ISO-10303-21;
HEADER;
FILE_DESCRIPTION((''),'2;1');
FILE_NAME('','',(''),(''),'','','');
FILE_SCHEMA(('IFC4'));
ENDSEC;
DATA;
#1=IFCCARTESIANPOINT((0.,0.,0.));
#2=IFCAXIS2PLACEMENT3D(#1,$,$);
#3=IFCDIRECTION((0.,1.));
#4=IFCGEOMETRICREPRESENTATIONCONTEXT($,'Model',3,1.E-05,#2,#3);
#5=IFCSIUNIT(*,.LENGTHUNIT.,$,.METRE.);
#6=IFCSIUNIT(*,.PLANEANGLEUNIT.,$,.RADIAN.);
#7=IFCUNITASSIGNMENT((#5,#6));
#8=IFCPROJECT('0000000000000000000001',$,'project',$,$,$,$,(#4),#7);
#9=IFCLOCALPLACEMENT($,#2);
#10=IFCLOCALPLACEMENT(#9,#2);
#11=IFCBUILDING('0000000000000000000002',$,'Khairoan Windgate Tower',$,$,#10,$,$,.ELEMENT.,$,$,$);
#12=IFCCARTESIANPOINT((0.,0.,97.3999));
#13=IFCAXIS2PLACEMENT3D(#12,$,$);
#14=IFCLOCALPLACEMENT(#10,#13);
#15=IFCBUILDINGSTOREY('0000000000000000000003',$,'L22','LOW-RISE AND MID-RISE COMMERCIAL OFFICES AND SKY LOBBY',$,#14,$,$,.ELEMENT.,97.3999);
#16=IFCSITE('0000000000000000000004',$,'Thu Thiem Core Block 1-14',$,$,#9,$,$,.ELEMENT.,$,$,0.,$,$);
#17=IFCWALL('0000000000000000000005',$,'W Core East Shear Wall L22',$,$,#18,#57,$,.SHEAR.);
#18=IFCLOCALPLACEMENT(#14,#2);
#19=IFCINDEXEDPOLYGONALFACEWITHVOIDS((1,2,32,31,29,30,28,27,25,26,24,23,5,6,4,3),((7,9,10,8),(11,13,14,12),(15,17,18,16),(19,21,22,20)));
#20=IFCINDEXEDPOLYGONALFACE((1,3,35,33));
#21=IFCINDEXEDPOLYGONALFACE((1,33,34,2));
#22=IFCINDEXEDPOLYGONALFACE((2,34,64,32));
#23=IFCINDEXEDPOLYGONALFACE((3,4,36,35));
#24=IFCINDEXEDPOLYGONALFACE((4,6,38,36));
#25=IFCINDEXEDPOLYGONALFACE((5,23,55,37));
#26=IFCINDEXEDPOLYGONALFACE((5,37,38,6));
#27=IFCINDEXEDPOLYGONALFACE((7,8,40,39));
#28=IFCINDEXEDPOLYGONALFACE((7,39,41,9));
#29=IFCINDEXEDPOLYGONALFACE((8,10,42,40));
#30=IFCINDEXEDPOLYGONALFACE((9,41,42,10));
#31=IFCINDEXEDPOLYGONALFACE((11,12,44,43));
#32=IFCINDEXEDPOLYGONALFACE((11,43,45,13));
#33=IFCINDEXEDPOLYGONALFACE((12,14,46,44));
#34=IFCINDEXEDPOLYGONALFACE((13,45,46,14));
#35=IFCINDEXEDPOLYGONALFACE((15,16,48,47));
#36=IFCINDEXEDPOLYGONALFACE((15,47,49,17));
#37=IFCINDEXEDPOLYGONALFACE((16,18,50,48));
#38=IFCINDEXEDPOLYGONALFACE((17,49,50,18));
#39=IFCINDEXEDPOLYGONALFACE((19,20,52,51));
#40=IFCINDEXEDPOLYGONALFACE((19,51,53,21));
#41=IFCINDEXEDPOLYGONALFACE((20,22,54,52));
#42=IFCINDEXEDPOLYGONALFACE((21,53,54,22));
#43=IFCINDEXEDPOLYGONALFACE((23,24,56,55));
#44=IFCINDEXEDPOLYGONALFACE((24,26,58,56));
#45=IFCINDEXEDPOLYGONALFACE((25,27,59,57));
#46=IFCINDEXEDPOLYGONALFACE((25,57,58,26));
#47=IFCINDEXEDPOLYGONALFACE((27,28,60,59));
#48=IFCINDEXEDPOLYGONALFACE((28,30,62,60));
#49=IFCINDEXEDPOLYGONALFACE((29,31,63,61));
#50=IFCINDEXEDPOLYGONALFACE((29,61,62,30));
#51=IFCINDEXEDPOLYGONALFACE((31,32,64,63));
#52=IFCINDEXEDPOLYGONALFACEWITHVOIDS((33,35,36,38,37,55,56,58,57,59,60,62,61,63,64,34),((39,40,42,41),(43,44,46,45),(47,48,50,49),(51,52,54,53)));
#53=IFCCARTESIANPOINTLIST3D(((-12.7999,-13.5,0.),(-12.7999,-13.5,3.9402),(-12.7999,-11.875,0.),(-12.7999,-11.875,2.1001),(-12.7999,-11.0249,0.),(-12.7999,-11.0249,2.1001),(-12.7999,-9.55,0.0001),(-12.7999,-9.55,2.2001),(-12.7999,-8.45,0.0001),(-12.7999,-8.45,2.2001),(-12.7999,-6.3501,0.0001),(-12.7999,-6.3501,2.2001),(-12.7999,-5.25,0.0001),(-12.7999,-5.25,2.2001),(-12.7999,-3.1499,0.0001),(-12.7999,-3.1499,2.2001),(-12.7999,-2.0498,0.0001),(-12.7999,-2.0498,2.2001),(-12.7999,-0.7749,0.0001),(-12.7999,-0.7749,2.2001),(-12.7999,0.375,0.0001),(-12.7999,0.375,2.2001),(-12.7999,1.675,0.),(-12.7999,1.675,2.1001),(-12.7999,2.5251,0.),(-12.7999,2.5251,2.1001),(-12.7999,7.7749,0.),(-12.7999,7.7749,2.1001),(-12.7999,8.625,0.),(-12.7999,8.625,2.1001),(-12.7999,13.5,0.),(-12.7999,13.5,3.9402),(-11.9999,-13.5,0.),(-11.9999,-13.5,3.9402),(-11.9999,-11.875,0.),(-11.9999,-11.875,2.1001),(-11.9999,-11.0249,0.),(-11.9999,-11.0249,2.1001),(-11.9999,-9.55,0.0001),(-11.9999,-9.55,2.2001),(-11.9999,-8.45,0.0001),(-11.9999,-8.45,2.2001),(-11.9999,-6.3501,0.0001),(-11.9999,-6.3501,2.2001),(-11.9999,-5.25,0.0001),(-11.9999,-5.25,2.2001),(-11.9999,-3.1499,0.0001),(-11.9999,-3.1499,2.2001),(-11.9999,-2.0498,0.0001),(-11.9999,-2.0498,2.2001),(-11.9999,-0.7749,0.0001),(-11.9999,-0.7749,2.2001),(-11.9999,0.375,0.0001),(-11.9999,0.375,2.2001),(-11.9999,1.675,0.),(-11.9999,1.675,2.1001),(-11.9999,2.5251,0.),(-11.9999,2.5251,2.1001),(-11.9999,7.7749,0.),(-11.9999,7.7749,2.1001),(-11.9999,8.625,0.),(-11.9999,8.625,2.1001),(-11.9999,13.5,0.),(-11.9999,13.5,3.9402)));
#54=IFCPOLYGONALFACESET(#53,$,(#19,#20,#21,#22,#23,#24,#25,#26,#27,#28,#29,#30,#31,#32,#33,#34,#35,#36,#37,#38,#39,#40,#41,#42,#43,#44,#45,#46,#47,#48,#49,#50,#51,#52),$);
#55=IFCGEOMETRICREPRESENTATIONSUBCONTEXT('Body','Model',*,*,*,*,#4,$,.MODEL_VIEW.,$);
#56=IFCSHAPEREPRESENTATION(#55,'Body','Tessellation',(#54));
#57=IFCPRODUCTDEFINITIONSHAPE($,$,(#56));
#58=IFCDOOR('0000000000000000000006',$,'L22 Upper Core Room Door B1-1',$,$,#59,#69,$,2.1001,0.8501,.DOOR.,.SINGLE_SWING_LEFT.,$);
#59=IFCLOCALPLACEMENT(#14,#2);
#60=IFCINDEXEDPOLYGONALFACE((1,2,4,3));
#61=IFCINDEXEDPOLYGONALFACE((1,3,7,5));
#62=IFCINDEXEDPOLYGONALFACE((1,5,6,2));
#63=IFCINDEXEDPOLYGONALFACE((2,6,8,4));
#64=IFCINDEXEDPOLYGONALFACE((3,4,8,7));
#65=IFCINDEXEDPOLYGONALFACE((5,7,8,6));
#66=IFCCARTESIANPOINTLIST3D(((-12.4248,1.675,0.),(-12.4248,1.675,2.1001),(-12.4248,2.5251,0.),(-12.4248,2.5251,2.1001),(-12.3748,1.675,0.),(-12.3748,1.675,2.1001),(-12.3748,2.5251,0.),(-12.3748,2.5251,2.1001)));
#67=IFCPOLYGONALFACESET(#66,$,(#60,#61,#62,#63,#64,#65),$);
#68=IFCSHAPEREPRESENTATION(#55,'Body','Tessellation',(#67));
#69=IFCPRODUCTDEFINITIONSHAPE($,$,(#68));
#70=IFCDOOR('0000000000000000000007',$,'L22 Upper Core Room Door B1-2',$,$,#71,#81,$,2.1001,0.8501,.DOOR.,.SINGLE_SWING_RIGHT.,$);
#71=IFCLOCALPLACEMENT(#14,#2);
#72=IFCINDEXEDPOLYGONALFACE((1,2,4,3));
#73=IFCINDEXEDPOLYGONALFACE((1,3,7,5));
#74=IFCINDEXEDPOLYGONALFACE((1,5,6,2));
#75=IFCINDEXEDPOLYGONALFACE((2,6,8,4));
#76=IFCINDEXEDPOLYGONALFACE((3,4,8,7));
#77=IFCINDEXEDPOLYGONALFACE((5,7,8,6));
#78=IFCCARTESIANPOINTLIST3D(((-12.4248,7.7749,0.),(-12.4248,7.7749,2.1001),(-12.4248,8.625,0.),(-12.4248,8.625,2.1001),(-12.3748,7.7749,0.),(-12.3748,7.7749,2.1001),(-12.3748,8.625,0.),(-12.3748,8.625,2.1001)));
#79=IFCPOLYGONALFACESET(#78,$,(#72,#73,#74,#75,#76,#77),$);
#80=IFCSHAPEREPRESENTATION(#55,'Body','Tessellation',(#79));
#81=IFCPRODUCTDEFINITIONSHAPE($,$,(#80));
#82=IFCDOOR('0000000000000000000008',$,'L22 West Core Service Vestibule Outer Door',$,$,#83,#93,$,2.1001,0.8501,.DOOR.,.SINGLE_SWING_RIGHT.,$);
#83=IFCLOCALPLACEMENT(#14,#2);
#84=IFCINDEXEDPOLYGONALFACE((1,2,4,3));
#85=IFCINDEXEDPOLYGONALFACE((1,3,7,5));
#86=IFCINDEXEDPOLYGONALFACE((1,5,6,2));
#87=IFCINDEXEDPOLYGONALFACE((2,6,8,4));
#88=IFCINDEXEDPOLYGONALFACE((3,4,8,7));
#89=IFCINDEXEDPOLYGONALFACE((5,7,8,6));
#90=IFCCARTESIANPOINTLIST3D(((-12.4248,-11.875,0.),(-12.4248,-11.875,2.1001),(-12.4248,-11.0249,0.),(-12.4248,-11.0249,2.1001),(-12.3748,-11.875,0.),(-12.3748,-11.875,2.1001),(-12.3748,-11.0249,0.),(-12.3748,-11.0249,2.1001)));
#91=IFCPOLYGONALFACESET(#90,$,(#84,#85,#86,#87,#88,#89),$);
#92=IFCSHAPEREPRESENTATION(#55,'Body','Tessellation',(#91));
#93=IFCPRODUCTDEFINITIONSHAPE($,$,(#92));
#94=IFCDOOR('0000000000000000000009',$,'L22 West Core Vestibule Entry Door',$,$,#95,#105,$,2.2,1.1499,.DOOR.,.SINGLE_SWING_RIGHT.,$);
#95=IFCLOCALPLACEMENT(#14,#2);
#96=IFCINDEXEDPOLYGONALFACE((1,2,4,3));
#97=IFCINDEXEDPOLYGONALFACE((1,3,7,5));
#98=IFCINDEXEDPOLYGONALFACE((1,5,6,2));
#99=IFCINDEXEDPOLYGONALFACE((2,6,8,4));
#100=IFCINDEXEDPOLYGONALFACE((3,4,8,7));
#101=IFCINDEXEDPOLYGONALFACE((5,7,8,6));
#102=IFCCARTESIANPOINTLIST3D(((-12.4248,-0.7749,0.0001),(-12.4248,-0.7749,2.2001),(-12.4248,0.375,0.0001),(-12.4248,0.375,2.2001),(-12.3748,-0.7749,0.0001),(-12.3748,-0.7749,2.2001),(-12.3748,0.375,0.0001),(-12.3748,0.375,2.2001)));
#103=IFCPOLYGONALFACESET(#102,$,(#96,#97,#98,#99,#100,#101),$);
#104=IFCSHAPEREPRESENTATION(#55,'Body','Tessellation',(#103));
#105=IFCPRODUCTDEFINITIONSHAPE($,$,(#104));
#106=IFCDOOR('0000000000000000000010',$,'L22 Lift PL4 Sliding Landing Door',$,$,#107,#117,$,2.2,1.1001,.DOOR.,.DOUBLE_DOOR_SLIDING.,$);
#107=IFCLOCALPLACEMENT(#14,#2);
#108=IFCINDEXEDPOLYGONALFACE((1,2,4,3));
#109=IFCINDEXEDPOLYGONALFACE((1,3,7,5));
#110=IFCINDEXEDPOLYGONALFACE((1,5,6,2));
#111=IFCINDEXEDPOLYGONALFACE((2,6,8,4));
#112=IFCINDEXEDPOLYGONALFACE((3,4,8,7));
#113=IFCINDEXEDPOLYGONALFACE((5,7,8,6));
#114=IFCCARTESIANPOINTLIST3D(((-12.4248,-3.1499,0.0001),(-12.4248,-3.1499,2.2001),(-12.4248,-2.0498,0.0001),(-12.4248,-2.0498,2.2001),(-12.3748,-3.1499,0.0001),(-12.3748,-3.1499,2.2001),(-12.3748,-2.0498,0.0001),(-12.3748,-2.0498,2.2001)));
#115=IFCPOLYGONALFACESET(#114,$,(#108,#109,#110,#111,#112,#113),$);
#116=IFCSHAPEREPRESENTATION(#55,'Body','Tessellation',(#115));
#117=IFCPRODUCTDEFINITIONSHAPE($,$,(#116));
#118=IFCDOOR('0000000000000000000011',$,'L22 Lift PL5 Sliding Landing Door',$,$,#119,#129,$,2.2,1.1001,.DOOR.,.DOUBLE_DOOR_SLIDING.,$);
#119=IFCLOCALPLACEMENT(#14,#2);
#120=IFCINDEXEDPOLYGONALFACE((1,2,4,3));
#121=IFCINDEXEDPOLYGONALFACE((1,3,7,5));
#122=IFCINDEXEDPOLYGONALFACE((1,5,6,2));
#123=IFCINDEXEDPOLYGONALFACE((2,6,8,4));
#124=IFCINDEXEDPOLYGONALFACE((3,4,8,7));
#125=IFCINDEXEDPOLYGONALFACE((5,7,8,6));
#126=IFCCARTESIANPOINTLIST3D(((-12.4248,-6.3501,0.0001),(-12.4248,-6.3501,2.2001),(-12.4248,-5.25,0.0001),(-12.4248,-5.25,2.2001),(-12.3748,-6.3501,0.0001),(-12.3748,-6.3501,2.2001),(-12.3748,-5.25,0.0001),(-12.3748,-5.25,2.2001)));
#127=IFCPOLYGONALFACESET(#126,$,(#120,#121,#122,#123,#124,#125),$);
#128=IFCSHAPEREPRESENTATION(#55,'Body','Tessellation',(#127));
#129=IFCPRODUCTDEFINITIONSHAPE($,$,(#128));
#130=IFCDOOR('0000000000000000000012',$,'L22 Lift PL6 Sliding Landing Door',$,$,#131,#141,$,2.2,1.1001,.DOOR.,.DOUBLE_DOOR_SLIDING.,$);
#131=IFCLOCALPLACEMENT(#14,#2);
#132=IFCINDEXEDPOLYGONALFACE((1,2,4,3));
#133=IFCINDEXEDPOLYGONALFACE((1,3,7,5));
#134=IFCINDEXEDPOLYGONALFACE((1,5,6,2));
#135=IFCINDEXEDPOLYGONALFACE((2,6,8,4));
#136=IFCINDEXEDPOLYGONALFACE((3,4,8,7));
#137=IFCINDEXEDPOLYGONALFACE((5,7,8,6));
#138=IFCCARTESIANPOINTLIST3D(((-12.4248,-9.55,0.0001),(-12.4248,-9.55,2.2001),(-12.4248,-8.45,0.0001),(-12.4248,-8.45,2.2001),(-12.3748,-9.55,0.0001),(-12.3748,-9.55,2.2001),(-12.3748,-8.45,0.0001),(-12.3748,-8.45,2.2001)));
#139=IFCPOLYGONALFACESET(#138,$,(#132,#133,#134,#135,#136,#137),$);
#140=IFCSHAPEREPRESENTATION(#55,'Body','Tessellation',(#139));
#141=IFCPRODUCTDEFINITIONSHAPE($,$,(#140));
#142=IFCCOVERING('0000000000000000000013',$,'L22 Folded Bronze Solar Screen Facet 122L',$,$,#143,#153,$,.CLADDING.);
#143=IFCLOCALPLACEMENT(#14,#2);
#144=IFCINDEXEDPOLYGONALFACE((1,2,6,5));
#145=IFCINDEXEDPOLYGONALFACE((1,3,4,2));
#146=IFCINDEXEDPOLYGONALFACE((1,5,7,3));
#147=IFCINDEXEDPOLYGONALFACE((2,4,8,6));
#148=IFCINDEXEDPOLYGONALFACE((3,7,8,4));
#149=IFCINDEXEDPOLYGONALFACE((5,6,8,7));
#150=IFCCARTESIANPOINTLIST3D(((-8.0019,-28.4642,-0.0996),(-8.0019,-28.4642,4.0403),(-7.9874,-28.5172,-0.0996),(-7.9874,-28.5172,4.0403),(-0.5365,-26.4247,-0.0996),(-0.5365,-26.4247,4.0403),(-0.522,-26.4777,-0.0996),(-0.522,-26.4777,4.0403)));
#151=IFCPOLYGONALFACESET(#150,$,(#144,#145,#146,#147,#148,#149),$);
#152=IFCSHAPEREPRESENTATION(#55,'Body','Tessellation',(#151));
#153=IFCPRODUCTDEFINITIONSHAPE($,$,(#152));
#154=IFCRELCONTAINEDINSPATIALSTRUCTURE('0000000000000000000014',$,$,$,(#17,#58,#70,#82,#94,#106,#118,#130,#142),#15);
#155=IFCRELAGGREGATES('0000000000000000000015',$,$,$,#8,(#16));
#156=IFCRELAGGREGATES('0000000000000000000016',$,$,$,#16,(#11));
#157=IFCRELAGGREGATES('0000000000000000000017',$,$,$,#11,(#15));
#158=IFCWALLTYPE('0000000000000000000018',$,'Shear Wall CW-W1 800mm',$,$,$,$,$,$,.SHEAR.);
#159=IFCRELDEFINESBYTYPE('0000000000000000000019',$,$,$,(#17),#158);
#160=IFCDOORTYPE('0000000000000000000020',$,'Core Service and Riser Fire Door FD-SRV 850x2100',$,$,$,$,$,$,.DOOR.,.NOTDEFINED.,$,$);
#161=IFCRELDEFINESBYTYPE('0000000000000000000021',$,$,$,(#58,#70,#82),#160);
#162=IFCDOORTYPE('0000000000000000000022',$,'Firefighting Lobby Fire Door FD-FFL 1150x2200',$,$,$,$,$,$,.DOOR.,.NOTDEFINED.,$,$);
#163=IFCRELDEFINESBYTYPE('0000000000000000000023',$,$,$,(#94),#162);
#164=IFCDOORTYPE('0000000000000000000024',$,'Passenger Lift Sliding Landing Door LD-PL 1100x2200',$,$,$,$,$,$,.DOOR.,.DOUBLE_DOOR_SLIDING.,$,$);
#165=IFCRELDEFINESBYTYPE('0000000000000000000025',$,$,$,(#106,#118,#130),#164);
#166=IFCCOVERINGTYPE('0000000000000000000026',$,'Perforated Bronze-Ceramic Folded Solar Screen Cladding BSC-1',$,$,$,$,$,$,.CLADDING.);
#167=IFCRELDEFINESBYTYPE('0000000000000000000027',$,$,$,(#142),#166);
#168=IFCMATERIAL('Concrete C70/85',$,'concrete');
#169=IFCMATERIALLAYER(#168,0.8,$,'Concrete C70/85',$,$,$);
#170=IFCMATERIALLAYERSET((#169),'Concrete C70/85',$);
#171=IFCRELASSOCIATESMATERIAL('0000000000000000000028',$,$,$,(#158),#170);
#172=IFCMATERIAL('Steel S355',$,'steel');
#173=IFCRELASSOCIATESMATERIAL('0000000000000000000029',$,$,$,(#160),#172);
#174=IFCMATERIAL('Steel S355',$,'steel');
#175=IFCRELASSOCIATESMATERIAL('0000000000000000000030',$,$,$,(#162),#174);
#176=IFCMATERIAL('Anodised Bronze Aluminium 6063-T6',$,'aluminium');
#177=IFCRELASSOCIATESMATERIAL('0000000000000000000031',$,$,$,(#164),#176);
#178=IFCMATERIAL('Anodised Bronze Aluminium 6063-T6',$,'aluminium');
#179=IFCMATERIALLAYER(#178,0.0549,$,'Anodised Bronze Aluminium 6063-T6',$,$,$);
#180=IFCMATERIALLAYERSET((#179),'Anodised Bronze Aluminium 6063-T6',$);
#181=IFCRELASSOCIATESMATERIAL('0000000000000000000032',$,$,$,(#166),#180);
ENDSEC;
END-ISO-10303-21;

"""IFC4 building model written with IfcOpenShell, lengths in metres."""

from ifc_helpers import new_model, si_unit, direction, frame, frame_2d, origin, origin_2d, place, context, subcontext, project, spatial, rectangle, extrude, material, layer, layer_set, type_object, element, fill, save


model = new_model("IFC4")

# Units and contexts
model_context = context("Model", 3, precision=1e-05, world=origin(), true_north=direction((0.0, 1.0)))
body_context = subcontext(model_context, "Body", "Model", "MODEL_VIEW")
ifc_project = project(units=[si_unit("LENGTHUNIT", "METRE"), si_unit("PLANEANGLEUNIT", "RADIAN")], contexts=[model_context])

# Site, building, storey
site_placement = place(None, origin())
site = spatial("IfcSite", under=ifc_project, at=site_placement, Name="Thu Thiem Core Block 1-14", CompositionType="ELEMENT", RefElevation=0.0)
building_placement = place(site_placement, origin())
building = spatial("IfcBuilding", under=site, at=building_placement, Name="Khairoan Windgate Tower", CompositionType="ELEMENT")
storey_placement = place(building_placement, frame((0.0, 0.0, 97.3999)))
storey = spatial("IfcBuildingStorey", under=building, at=storey_placement, Name="L22", Description="LOW-RISE AND MID-RISE COMMERCIAL OFFICES AND SKY LOBBY", CompositionType="ELEMENT", Elevation=97.3999)

# Wall, openings, doors
ifc_material_1 = material(Name="Concrete C70/85", Category="concrete")
ifc_layer_1 = layer(ifc_material_1, 0.8, Name="Concrete C70/85")
ifc_layer_set_1 = layer_set([ifc_layer_1], Name="Concrete C70/85")
wall_type_1 = type_object("IfcWallType", Name="Shear Wall CW-W1 800mm", PredefinedType="SHEAR", material=ifc_layer_set_1)
wall_1_placement = place(storey_placement, frame((-12.3999, -13.5, 0.0), z_axis=(0.0, 0.0, 1.0), x_axis=(0.0, 1.0, 0.0)))
wall_1 = element("IfcWall", 1, at=wall_1_placement, inside=storey, type_object=wall_type_1, Name="W Core East Shear Wall L22", PredefinedType="SHEAR", context=body_context, shape_type="SweptSolid", body=[
    extrude(rectangle(XDim=27.0, YDim=0.8, at=frame_2d((13.5, 0.0))), origin(), (0.0, 0.0, 1.0), 3.9402),
])
opening_1_placement = place(wall_1_placement, frame((10.3501, 0.0, 0.0)))
opening_1 = element("IfcOpeningElement", 2, at=opening_1_placement, cuts=wall_1, PredefinedType="OPENING", context=body_context, shape_type="SweptSolid", body=[
    extrude(rectangle(XDim=1.1001, YDim=2.2, at=frame_2d((0.55, 1.1001))), frame((0.0, 0.4099, 0.0), z_axis=(0.0, -1.0, 0.0), x_axis=(1.0, 0.0, 0.0)), (0.0, 0.0, 1.0), 0.8201),
])
opening_2_placement = place(wall_1_placement, frame((7.1499, 0.0, 0.0)))
opening_2 = element("IfcOpeningElement", 3, at=opening_2_placement, cuts=wall_1, PredefinedType="OPENING", context=body_context, shape_type="SweptSolid", body=[
    extrude(rectangle(XDim=1.1001, YDim=2.2, at=frame_2d((0.55, 1.1001))), frame((0.0, 0.4099, 0.0), z_axis=(0.0, -1.0, 0.0), x_axis=(1.0, 0.0, 0.0)), (0.0, 0.0, 1.0), 0.8201),
])
opening_3_placement = place(wall_1_placement, frame((3.95, 0.0, 0.0)))
opening_3 = element("IfcOpeningElement", 4, at=opening_3_placement, cuts=wall_1, PredefinedType="OPENING", context=body_context, shape_type="SweptSolid", body=[
    extrude(rectangle(XDim=1.1001, YDim=2.2, at=frame_2d((0.55, 1.1001))), frame((0.0, 0.4099, 0.0), z_axis=(0.0, -1.0, 0.0), x_axis=(1.0, 0.0, 0.0)), (0.0, 0.0, 1.0), 0.8201),
])
opening_4_placement = place(wall_1_placement, frame((15.175, 0.0, 0.0)))
opening_4 = element("IfcOpeningElement", 5, at=opening_4_placement, cuts=wall_1, PredefinedType="OPENING", context=body_context, shape_type="SweptSolid", body=[
    extrude(rectangle(XDim=0.8501, YDim=2.1001, at=frame_2d((0.425, 1.05))), frame((0.0, 0.4099, 0.0), z_axis=(0.0, -1.0, 0.0), x_axis=(1.0, 0.0, 0.0)), (0.0, 0.0, 1.0), 0.8201),
])
opening_5_placement = place(wall_1_placement, frame((21.2749, 0.0, 0.0)))
opening_5 = element("IfcOpeningElement", 6, at=opening_5_placement, cuts=wall_1, PredefinedType="OPENING", context=body_context, shape_type="SweptSolid", body=[
    extrude(rectangle(XDim=0.8501, YDim=2.1001, at=frame_2d((0.425, 1.05))), frame((0.0, 0.4099, 0.0), z_axis=(0.0, -1.0, 0.0), x_axis=(1.0, 0.0, 0.0)), (0.0, 0.0, 1.0), 0.8201),
])
opening_6_placement = place(wall_1_placement, frame((12.7251, 0.0, 0.0)))
opening_6 = element("IfcOpeningElement", 7, at=opening_6_placement, cuts=wall_1, PredefinedType="OPENING", context=body_context, shape_type="SweptSolid", body=[
    extrude(rectangle(XDim=1.1499, YDim=2.2, at=frame_2d((0.575, 1.1001))), frame((0.0, 0.4099, 0.0), z_axis=(0.0, -1.0, 0.0), x_axis=(1.0, 0.0, 0.0)), (0.0, 0.0, 1.0), 0.8201),
])
opening_7_placement = place(wall_1_placement, frame((1.625, 0.0, 0.0)))
opening_7 = element("IfcOpeningElement", 8, at=opening_7_placement, cuts=wall_1, PredefinedType="OPENING", context=body_context, shape_type="SweptSolid", body=[
    extrude(rectangle(XDim=0.8501, YDim=2.1001, at=frame_2d((0.425, 1.05))), frame((0.0, 0.4099, 0.0), z_axis=(0.0, -1.0, 0.0), x_axis=(1.0, 0.0, 0.0)), (0.0, 0.0, 1.0), 0.8201),
])
ifc_material_2 = material(Name="Steel S355", Category="steel")
door_type_1 = type_object("IfcDoorType", Name="Core Service and Riser Fire Door FD-SRV 850x2100", OperationType="NOTDEFINED", PredefinedType="DOOR", material=ifc_material_2)
door_1_placement = place(opening_4_placement, origin())
door_1 = element("IfcDoor", 9, at=door_1_placement, inside=storey, type_object=door_type_1, Name="L22 Upper Core Room Door B1-1", OperationType="SINGLE_SWING_LEFT", OverallHeight=2.1001, OverallWidth=0.8501, PredefinedType="DOOR", context=body_context, shape_type="SweptSolid", body=[
    extrude(rectangle(XDim=0.8501, YDim=2.1001, at=frame_2d((0.425, 1.05))), frame((0.0, 0.0249, 0.0), z_axis=(0.0, -1.0, 0.0), x_axis=(1.0, 0.0, 0.0)), (0.0, 0.0, 1.0), 0.05),
])
fill(opening_4, door_1)
door_2_placement = place(opening_5_placement, origin())
door_2 = element("IfcDoor", 10, at=door_2_placement, inside=storey, type_object=door_type_1, Name="L22 Upper Core Room Door B1-2", OperationType="SINGLE_SWING_RIGHT", OverallHeight=2.1001, OverallWidth=0.8501, PredefinedType="DOOR", context=body_context, shape_type="SweptSolid", body=[
    extrude(rectangle(XDim=0.8501, YDim=2.1001, at=frame_2d((0.425, 1.05))), frame((0.0, 0.0249, 0.0), z_axis=(0.0, -1.0, 0.0), x_axis=(1.0, 0.0, 0.0)), (0.0, 0.0, 1.0), 0.05),
])
fill(opening_5, door_2)
door_3_placement = place(opening_7_placement, origin())
door_3 = element("IfcDoor", 11, at=door_3_placement, inside=storey, type_object=door_type_1, Name="L22 West Core Service Vestibule Outer Door", OperationType="SINGLE_SWING_RIGHT", OverallHeight=2.1001, OverallWidth=0.8501, PredefinedType="DOOR", context=body_context, shape_type="SweptSolid", body=[
    extrude(rectangle(XDim=0.8501, YDim=2.1001, at=frame_2d((0.425, 1.05))), frame((0.0, 0.0249, 0.0), z_axis=(0.0, -1.0, 0.0), x_axis=(1.0, 0.0, 0.0)), (0.0, 0.0, 1.0), 0.05),
])
fill(opening_7, door_3)
ifc_material_3 = material(Name="Steel S355", Category="steel")
door_type_2 = type_object("IfcDoorType", Name="Firefighting Lobby Fire Door FD-FFL 1150x2200", OperationType="NOTDEFINED", PredefinedType="DOOR", material=ifc_material_3)
door_4_placement = place(opening_6_placement, origin())
door_4 = element("IfcDoor", 12, at=door_4_placement, inside=storey, type_object=door_type_2, Name="L22 West Core Vestibule Entry Door", OperationType="SINGLE_SWING_RIGHT", OverallHeight=2.2, OverallWidth=1.1499, PredefinedType="DOOR", context=body_context, shape_type="SweptSolid", body=[
    extrude(rectangle(XDim=1.1499, YDim=2.2, at=frame_2d((0.575, 1.1001))), frame((0.0, 0.0249, 0.0), z_axis=(0.0, -1.0, 0.0), x_axis=(1.0, 0.0, 0.0)), (0.0, 0.0, 1.0), 0.05),
])
fill(opening_6, door_4)
ifc_material_4 = material(Name="Anodised Bronze Aluminium 6063-T6", Category="aluminium")
door_type_3 = type_object("IfcDoorType", Name="Passenger Lift Sliding Landing Door LD-PL 1100x2200", OperationType="DOUBLE_DOOR_SLIDING", PredefinedType="DOOR", material=ifc_material_4)
door_5_placement = place(opening_1_placement, origin())
door_5 = element("IfcDoor", 13, at=door_5_placement, inside=storey, type_object=door_type_3, Name="L22 Lift PL4 Sliding Landing Door", OperationType="DOUBLE_DOOR_SLIDING", OverallHeight=2.2, OverallWidth=1.1001, PredefinedType="DOOR", context=body_context, shape_type="SweptSolid", body=[
    extrude(rectangle(XDim=1.1001, YDim=2.2, at=frame_2d((0.55, 1.1001))), frame((0.0, 0.0249, 0.0), z_axis=(0.0, -1.0, 0.0), x_axis=(1.0, 0.0, 0.0)), (0.0, 0.0, 1.0), 0.05),
])
fill(opening_1, door_5)
door_6_placement = place(opening_2_placement, origin())
door_6 = element("IfcDoor", 14, at=door_6_placement, inside=storey, type_object=door_type_3, Name="L22 Lift PL5 Sliding Landing Door", OperationType="DOUBLE_DOOR_SLIDING", OverallHeight=2.2, OverallWidth=1.1001, PredefinedType="DOOR", context=body_context, shape_type="SweptSolid", body=[
    extrude(rectangle(XDim=1.1001, YDim=2.2, at=frame_2d((0.55, 1.1001))), frame((0.0, 0.0249, 0.0), z_axis=(0.0, -1.0, 0.0), x_axis=(1.0, 0.0, 0.0)), (0.0, 0.0, 1.0), 0.05),
])
fill(opening_2, door_6)
door_7_placement = place(opening_3_placement, origin())
door_7 = element("IfcDoor", 15, at=door_7_placement, inside=storey, type_object=door_type_3, Name="L22 Lift PL6 Sliding Landing Door", OperationType="DOUBLE_DOOR_SLIDING", OverallHeight=2.2, OverallWidth=1.1001, PredefinedType="DOOR", context=body_context, shape_type="SweptSolid", body=[
    extrude(rectangle(XDim=1.1001, YDim=2.2, at=frame_2d((0.55, 1.1001))), frame((0.0, 0.0249, 0.0), z_axis=(0.0, -1.0, 0.0), x_axis=(1.0, 0.0, 0.0)), (0.0, 0.0, 1.0), 0.05),
])
fill(opening_3, door_7)

# Covering
ifc_material_5 = material(Name="Anodised Bronze Aluminium 6063-T6", Category="aluminium")
ifc_layer_2 = layer(ifc_material_5, 0.0549, Name="Anodised Bronze Aluminium 6063-T6")
ifc_layer_set_2 = layer_set([ifc_layer_2], Name="Anodised Bronze Aluminium 6063-T6")
covering_type = type_object("IfcCoveringType", Name="Perforated Bronze-Ceramic Folded Solar Screen Cladding BSC-1", PredefinedType="CLADDING", material=ifc_layer_set_2)
covering_placement = place(storey_placement, frame((-4.262, -27.4709, -0.0996), z_axis=(0.0, 0.0, 1.0), x_axis=(-0.964649, -0.263536, 0.0)))
element("IfcCovering", 16, at=covering_placement, inside=storey, type_object=covering_type, Name="L22 Folded Bronze Solar Screen Facet 122L", PredefinedType="CLADDING", context=body_context, shape_type="SweptSolid", body=[
    extrude(rectangle(XDim=7.739, YDim=0.0549, at=origin_2d()), origin(), (0.0, 0.0, 1.0), 4.1399),
])

save(model, "model.ifc")
